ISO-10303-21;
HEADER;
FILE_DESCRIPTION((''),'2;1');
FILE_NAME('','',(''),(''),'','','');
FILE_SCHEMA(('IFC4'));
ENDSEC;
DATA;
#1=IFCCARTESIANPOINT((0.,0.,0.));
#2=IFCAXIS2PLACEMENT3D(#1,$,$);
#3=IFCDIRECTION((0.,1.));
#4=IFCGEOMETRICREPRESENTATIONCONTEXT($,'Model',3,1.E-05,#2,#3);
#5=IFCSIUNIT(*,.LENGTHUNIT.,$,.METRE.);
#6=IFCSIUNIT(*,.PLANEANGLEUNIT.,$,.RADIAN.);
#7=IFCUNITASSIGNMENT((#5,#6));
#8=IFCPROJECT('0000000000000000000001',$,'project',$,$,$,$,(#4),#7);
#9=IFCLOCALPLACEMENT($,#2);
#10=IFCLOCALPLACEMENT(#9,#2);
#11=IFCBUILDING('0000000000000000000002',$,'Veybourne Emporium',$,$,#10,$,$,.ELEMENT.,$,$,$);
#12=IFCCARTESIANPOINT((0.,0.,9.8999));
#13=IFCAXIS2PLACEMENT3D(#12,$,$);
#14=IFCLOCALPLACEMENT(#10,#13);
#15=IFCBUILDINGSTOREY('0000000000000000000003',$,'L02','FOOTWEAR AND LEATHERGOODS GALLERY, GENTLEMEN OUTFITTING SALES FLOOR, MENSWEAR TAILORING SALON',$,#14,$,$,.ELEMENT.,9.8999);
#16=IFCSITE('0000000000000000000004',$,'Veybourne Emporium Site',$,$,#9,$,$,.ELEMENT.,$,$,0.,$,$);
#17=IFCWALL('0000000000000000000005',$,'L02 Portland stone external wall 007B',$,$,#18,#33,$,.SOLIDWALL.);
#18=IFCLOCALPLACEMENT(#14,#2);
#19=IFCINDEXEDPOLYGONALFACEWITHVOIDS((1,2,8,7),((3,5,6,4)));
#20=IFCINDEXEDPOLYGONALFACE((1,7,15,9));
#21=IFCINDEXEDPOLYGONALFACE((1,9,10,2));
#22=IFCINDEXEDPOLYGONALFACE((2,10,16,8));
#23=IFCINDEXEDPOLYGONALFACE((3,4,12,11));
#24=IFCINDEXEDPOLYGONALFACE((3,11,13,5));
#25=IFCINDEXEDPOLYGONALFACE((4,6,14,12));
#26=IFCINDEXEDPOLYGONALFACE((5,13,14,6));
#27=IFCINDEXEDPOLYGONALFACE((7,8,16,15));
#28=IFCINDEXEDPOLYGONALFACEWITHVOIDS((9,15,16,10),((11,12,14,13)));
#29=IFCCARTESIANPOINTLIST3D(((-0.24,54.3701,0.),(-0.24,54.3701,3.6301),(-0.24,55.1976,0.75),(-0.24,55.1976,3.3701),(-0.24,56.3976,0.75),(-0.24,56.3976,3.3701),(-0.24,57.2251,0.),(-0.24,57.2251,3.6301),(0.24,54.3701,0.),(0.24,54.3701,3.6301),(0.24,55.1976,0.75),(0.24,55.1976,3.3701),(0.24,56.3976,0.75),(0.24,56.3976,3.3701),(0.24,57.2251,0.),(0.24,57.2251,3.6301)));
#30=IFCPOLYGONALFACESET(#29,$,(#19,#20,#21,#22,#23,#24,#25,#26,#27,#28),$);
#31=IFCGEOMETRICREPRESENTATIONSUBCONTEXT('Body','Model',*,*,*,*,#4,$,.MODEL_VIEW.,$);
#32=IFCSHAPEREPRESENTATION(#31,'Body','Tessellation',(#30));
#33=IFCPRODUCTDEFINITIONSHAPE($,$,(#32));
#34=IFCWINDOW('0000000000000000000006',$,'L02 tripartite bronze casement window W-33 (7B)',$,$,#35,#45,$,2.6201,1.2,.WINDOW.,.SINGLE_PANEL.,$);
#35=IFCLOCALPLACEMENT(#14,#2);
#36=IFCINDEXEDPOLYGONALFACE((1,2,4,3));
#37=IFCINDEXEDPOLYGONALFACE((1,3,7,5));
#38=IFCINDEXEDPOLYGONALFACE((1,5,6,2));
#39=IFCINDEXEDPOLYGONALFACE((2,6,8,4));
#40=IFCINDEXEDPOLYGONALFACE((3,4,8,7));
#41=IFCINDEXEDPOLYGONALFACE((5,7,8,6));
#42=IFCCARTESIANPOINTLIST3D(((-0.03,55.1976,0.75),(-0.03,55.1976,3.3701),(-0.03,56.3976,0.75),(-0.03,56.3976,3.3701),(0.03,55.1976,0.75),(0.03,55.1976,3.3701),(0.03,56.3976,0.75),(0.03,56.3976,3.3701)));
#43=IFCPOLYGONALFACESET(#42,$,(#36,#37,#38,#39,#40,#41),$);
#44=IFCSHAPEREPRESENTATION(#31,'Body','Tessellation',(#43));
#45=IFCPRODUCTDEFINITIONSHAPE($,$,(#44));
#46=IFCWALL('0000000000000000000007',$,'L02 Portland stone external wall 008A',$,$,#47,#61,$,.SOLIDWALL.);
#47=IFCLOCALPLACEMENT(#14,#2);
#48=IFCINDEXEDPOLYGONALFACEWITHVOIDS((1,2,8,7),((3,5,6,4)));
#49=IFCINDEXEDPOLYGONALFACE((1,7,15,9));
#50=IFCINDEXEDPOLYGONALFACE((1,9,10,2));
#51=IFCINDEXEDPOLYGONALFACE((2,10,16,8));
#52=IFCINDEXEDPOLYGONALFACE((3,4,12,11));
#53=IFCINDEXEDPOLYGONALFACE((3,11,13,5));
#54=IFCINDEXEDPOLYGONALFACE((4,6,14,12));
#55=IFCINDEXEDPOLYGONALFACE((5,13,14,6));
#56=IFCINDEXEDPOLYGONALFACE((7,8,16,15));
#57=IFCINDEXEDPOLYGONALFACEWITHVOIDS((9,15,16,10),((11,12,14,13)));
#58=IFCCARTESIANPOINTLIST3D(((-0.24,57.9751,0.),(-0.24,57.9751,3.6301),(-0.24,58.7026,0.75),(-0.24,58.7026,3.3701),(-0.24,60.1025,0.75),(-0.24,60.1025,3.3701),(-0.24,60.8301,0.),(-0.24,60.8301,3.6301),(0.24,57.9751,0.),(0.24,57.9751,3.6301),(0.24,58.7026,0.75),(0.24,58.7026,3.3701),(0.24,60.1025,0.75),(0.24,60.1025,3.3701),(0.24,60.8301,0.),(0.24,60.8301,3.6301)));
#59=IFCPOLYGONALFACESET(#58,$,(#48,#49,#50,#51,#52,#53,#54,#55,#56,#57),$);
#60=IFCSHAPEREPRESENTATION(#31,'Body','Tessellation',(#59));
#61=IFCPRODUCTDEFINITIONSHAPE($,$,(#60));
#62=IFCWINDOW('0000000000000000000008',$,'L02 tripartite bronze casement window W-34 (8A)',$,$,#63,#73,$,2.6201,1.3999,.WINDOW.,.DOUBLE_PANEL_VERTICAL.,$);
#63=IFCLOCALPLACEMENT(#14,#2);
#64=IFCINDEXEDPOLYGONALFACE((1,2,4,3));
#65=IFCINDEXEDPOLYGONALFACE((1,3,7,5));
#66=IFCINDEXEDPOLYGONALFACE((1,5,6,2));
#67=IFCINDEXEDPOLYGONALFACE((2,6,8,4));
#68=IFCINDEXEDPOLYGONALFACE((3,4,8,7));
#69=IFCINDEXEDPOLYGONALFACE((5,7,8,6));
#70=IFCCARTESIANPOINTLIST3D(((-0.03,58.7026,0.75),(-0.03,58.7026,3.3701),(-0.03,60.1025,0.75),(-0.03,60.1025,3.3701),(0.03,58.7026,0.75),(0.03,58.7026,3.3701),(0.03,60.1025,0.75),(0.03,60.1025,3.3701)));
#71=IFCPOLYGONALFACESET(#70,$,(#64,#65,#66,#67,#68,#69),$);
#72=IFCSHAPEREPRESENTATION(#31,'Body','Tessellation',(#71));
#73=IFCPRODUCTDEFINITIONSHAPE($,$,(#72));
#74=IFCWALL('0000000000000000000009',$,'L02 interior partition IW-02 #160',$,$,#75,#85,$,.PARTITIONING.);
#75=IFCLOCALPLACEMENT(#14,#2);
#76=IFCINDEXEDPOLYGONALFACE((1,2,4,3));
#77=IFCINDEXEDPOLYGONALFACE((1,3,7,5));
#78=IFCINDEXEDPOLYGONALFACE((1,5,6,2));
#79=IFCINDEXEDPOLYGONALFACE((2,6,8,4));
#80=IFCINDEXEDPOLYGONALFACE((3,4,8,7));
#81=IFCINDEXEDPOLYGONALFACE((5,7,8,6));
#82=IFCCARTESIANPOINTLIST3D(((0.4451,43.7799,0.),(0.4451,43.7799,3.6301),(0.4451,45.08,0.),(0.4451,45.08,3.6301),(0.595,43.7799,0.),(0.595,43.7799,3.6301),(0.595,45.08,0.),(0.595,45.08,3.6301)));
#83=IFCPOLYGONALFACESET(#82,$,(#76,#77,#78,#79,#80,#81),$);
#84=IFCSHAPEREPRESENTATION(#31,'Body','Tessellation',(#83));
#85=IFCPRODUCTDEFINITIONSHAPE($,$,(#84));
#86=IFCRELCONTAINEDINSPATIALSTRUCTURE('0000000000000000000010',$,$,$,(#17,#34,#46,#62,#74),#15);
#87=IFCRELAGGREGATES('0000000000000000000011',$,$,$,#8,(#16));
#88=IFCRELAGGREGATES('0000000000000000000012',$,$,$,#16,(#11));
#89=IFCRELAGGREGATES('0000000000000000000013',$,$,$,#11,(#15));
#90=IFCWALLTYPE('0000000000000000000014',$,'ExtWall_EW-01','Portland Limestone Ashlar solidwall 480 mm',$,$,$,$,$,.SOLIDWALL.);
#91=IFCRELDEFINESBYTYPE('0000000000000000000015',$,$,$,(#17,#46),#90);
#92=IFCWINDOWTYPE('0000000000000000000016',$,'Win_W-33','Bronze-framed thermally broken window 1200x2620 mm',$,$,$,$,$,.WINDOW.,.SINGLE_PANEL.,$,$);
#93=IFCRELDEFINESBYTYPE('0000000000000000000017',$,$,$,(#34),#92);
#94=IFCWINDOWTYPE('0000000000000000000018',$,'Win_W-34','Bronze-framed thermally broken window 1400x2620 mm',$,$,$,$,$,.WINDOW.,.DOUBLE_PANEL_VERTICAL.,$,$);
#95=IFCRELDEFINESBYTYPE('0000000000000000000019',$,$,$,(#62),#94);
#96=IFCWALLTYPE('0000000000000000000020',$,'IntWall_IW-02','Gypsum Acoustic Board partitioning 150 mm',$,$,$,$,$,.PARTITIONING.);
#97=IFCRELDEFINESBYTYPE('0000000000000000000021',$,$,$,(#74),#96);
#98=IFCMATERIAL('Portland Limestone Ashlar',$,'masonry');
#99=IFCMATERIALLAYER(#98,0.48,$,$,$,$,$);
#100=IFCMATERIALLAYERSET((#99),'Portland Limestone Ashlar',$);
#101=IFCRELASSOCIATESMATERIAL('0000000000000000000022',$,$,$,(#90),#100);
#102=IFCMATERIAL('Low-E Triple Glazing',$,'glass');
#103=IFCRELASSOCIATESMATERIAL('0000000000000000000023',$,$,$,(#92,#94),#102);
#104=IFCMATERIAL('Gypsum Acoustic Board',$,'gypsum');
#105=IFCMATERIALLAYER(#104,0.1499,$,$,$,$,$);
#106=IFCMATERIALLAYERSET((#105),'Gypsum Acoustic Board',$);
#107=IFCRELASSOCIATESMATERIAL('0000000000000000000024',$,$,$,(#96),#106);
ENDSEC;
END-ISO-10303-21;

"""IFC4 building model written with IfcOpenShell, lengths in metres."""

from ifc_helpers import new_model, si_unit, direction, frame, frame_2d, origin, place, context, subcontext, project, spatial, rectangle, extrude, material, layer, layer_set, type_object, element, fill, save


model = new_model("IFC4")

# Units and contexts
model_context = context("Model", 3, precision=1e-05, world=origin(), true_north=direction((0.0, 1.0)))
body_context = subcontext(model_context, "Body", "Model", "MODEL_VIEW")
ifc_project = project(units=[si_unit("LENGTHUNIT", "METRE"), si_unit("PLANEANGLEUNIT", "RADIAN")], contexts=[model_context])

# Site, building, storey
site_placement = place(None, origin())
site = spatial("IfcSite", under=ifc_project, at=site_placement, Name="Veybourne Emporium Site", CompositionType="ELEMENT", RefElevation=0.0)
building_placement = place(site_placement, origin())
building = spatial("IfcBuilding", under=site, at=building_placement, Name="Veybourne Emporium", CompositionType="ELEMENT")
storey_placement = place(building_placement, frame((0.0, 0.0, 9.8999)))
storey = spatial("IfcBuildingStorey", under=building, at=storey_placement, Name="L02", Description="FOOTWEAR AND LEATHERGOODS GALLERY, GENTLEMEN OUTFITTING SALES FLOOR, MENSWEAR TAILORING SALON", CompositionType="ELEMENT", Elevation=9.8999)

# Walls, openings, windows
ifc_material_1 = material(Name="Portland Limestone Ashlar", Category="masonry")
ifc_layer_1 = layer(ifc_material_1, 0.48)
ifc_layer_set_1 = layer_set([ifc_layer_1], Name="Portland Limestone Ashlar")
wall_type_1 = type_object("IfcWallType", Name="ExtWall_EW-01", Description="Portland Limestone Ashlar solidwall 480 mm", PredefinedType="SOLIDWALL", material=ifc_layer_set_1)
ifc_material_2 = material(Name="Low-E Triple Glazing", Category="glass")
wall_1_placement = place(storey_placement, frame((0.0, 54.3701, 0.0), z_axis=(0.0, 0.0, 1.0), x_axis=(0.0, 1.0, 0.0)))
wall_1 = element("IfcWall", 1, at=wall_1_placement, inside=storey, type_object=wall_type_1, Name="L02 Portland stone external wall 007B", PredefinedType="SOLIDWALL", context=body_context, shape_type="SweptSolid", body=[
    extrude(rectangle(XDim=2.855, YDim=0.48, at=frame_2d((1.4275, 0.0))), origin(), (0.0, 0.0, 1.0), 3.6301),
])
opening_1_placement = place(wall_1_placement, frame((0.8274, 0.0, 0.75)))
opening_1 = element("IfcOpeningElement", 2, at=opening_1_placement, cuts=wall_1, PredefinedType="OPENING", context=body_context, shape_type="SweptSolid", body=[
    extrude(rectangle(XDim=1.2, YDim=2.6201, at=frame_2d((0.6001, 1.3101))), frame((0.0, 0.26, 0.0), z_axis=(0.0, -1.0, 0.0), x_axis=(1.0, 0.0, 0.0)), (0.0, 0.0, 1.0), 0.52),
])
window_type_1 = type_object("IfcWindowType", Name="Win_W-33", Description="Bronze-framed thermally broken window 1200x2620 mm", PartitioningType="SINGLE_PANEL", PredefinedType="WINDOW", material=ifc_material_2)
window_1_placement = place(opening_1_placement, origin())
window_1 = element("IfcWindow", 3, at=window_1_placement, inside=storey, type_object=window_type_1, Name="L02 tripartite bronze casement window W-33 (7B)", OverallHeight=2.6201, OverallWidth=1.2, PartitioningType="SINGLE_PANEL", PredefinedType="WINDOW", context=body_context, shape_type="SweptSolid", body=[
    extrude(rectangle(XDim=1.2, YDim=2.6201, at=frame_2d((0.6001, 1.3101))), frame((0.0, 0.03, 0.0), z_axis=(0.0, -1.0, 0.0), x_axis=(1.0, 0.0, 0.0)), (0.0, 0.0, 1.0), 0.0601),
])
fill(opening_1, window_1)
wall_2_placement = place(storey_placement, frame((0.0, 57.9751, 0.0), z_axis=(0.0, 0.0, 1.0), x_axis=(0.0, 1.0, 0.0)))
wall_2 = element("IfcWall", 4, at=wall_2_placement, inside=storey, type_object=wall_type_1, Name="L02 Portland stone external wall 008A", PredefinedType="SOLIDWALL", context=body_context, shape_type="SweptSolid", body=[
    extrude(rectangle(XDim=2.855, YDim=0.48, at=frame_2d((1.4275, 0.0))), origin(), (0.0, 0.0, 1.0), 3.6301),
])
opening_2_placement = place(wall_2_placement, frame((0.7275, 0.0, 0.75)))
opening_2 = element("IfcOpeningElement", 5, at=opening_2_placement, cuts=wall_2, PredefinedType="OPENING", context=body_context, shape_type="SweptSolid", body=[
    extrude(rectangle(XDim=1.3999, YDim=2.6201, at=frame_2d((0.7, 1.3101))), frame((0.0, 0.26, 0.0), z_axis=(0.0, -1.0, 0.0), x_axis=(1.0, 0.0, 0.0)), (0.0, 0.0, 1.0), 0.52),
])
window_type_2 = type_object("IfcWindowType", Name="Win_W-34", Description="Bronze-framed thermally broken window 1400x2620 mm", PartitioningType="DOUBLE_PANEL_VERTICAL", PredefinedType="WINDOW", material=ifc_material_2)
window_2_placement = place(opening_2_placement, origin())
window_2 = element("IfcWindow", 6, at=window_2_placement, inside=storey, type_object=window_type_2, Name="L02 tripartite bronze casement window W-34 (8A)", OverallHeight=2.6201, OverallWidth=1.3999, PartitioningType="DOUBLE_PANEL_VERTICAL", PredefinedType="WINDOW", context=body_context, shape_type="SweptSolid", body=[
    extrude(rectangle(XDim=1.3999, YDim=2.6201, at=frame_2d((0.7, 1.3101))), frame((0.0, 0.03, 0.0), z_axis=(0.0, -1.0, 0.0), x_axis=(1.0, 0.0, 0.0)), (0.0, 0.0, 1.0), 0.0601),
])
fill(opening_2, window_2)

# Wall
ifc_material_3 = material(Name="Gypsum Acoustic Board", Category="gypsum")
ifc_layer_2 = layer(ifc_material_3, 0.1499)
ifc_layer_set_2 = layer_set([ifc_layer_2], Name="Gypsum Acoustic Board")
wall_type_2 = type_object("IfcWallType", Name="IntWall_IW-02", Description="Gypsum Acoustic Board partitioning 150 mm", PredefinedType="PARTITIONING", material=ifc_layer_set_2)
wall_3_placement = place(storey_placement, frame((0.52, 43.78, 0.0), z_axis=(0.0, 0.0, 1.0), x_axis=(0.0, 1.0, 0.0)))
element("IfcWall", 7, at=wall_3_placement, inside=storey, type_object=wall_type_2, Name="L02 interior partition IW-02 #160", PredefinedType="PARTITIONING", context=body_context, shape_type="SweptSolid", body=[
    extrude(rectangle(XDim=1.3, YDim=0.1499, at=frame_2d((0.6499, 0.0))), origin(), (0.0, 0.0, 1.0), 3.6301),
])

save(model, "model.ifc")
